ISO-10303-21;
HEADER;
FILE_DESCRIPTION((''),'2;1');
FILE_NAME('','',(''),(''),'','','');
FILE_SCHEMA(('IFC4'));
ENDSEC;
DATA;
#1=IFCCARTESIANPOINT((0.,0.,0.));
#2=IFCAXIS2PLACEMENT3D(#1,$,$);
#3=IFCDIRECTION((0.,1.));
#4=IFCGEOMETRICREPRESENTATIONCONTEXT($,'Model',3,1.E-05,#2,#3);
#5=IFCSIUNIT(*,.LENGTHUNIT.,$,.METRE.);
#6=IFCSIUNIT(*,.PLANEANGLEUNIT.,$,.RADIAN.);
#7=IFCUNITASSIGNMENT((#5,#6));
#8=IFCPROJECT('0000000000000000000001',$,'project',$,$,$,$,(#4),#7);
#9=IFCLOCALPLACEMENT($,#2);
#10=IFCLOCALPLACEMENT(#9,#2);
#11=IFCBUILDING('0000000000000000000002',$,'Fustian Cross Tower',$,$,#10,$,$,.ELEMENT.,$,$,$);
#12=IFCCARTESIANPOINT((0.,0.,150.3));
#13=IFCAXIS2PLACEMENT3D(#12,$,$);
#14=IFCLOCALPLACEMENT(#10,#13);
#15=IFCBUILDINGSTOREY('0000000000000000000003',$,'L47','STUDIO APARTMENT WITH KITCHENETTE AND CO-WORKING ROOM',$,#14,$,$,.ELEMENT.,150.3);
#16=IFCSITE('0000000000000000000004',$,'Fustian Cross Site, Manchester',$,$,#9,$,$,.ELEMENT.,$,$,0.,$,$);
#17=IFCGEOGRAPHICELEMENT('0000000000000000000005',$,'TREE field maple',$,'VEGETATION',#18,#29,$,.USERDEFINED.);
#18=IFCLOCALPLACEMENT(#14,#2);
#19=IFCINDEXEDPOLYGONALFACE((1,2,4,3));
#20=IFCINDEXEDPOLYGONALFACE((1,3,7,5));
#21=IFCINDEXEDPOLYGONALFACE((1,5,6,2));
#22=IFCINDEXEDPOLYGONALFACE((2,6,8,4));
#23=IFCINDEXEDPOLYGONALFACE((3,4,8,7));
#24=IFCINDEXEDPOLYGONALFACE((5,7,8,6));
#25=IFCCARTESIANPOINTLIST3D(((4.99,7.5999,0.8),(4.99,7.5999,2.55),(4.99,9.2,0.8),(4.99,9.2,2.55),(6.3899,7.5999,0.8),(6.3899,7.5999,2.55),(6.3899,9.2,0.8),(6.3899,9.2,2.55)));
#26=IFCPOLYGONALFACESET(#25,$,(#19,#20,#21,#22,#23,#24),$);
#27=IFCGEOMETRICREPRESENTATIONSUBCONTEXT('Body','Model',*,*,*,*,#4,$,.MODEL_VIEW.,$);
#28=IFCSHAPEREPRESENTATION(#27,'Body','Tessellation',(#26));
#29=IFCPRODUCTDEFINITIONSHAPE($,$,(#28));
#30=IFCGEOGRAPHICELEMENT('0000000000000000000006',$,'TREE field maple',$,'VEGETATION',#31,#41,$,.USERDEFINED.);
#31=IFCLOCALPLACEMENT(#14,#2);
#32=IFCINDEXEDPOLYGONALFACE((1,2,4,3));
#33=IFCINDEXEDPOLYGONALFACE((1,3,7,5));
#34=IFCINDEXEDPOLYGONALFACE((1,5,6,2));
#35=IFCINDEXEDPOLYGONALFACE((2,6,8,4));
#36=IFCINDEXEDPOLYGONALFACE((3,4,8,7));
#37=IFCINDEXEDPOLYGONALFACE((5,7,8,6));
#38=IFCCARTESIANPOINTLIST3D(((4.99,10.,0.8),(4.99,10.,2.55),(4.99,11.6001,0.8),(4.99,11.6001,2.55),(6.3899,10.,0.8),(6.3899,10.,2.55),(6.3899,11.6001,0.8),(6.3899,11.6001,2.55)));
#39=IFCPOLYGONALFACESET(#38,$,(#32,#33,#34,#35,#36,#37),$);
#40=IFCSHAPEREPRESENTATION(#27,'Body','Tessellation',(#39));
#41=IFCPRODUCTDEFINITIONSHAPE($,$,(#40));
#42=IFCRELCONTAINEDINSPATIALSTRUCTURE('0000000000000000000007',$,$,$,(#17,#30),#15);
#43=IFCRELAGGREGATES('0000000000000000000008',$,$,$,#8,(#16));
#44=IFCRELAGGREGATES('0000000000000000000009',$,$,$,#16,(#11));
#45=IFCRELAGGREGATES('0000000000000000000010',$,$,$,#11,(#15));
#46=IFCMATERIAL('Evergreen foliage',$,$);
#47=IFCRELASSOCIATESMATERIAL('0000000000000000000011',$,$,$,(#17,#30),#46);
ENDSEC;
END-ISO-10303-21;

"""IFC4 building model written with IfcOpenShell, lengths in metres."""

from ifc_helpers import new_model, si_unit, direction, frame, origin, origin_2d, place, context, subcontext, project, spatial, rectangle, extrude, material, element, save


model = new_model("IFC4")

# Units and contexts
model_context = context("Model", 3, precision=1e-05, world=origin(), true_north=direction((0.0, 1.0)))
body_context = subcontext(model_context, "Body", "Model", "MODEL_VIEW")
ifc_project = project(units=[si_unit("LENGTHUNIT", "METRE"), si_unit("PLANEANGLEUNIT", "RADIAN")], contexts=[model_context])

# Site, building, storey
site_placement = place(None, origin())
site = spatial("IfcSite", under=ifc_project, at=site_placement, Name="Fustian Cross Site, Manchester", CompositionType="ELEMENT", RefElevation=0.0)
building_placement = place(site_placement, origin())
building = spatial("IfcBuilding", under=site, at=building_placement, Name="Fustian Cross Tower", CompositionType="ELEMENT")
storey_placement = place(building_placement, frame((0.0, 0.0, 150.3)))
storey = spatial("IfcBuildingStorey", under=building, at=storey_placement, Name="L47", Description="STUDIO APARTMENT WITH KITCHENETTE AND CO-WORKING ROOM", CompositionType="ELEMENT", Elevation=150.3)

# Geographic elements
ifc_material_1 = material(Name="Evergreen foliage")
for number, where, z_axis, x_axis, name in (
    (1, (5.6899, 8.3999, 0.8), (0.0, 0.0, 1.0), (1.0, 0.0, 0.0), "TREE field maple"),
    (2, (5.6899, 10.8, 0.8), (0.0, 0.0, 1.0), (1.0, 0.0, 0.0), "TREE field maple"),
):
    element("IfcGeographicElement", number, at=place(storey_placement, frame(where, z_axis=z_axis, x_axis=x_axis)), inside=storey, material=ifc_material_1, Name=name, ObjectType="VEGETATION", PredefinedType="USERDEFINED", context=body_context, shape_type="SweptSolid", body=[
        extrude(rectangle(XDim=1.3999, YDim=1.6001, at=origin_2d()), origin(), (0.0, 0.0, 1.0), 1.75),
    ])

save(model, "model.ifc")
